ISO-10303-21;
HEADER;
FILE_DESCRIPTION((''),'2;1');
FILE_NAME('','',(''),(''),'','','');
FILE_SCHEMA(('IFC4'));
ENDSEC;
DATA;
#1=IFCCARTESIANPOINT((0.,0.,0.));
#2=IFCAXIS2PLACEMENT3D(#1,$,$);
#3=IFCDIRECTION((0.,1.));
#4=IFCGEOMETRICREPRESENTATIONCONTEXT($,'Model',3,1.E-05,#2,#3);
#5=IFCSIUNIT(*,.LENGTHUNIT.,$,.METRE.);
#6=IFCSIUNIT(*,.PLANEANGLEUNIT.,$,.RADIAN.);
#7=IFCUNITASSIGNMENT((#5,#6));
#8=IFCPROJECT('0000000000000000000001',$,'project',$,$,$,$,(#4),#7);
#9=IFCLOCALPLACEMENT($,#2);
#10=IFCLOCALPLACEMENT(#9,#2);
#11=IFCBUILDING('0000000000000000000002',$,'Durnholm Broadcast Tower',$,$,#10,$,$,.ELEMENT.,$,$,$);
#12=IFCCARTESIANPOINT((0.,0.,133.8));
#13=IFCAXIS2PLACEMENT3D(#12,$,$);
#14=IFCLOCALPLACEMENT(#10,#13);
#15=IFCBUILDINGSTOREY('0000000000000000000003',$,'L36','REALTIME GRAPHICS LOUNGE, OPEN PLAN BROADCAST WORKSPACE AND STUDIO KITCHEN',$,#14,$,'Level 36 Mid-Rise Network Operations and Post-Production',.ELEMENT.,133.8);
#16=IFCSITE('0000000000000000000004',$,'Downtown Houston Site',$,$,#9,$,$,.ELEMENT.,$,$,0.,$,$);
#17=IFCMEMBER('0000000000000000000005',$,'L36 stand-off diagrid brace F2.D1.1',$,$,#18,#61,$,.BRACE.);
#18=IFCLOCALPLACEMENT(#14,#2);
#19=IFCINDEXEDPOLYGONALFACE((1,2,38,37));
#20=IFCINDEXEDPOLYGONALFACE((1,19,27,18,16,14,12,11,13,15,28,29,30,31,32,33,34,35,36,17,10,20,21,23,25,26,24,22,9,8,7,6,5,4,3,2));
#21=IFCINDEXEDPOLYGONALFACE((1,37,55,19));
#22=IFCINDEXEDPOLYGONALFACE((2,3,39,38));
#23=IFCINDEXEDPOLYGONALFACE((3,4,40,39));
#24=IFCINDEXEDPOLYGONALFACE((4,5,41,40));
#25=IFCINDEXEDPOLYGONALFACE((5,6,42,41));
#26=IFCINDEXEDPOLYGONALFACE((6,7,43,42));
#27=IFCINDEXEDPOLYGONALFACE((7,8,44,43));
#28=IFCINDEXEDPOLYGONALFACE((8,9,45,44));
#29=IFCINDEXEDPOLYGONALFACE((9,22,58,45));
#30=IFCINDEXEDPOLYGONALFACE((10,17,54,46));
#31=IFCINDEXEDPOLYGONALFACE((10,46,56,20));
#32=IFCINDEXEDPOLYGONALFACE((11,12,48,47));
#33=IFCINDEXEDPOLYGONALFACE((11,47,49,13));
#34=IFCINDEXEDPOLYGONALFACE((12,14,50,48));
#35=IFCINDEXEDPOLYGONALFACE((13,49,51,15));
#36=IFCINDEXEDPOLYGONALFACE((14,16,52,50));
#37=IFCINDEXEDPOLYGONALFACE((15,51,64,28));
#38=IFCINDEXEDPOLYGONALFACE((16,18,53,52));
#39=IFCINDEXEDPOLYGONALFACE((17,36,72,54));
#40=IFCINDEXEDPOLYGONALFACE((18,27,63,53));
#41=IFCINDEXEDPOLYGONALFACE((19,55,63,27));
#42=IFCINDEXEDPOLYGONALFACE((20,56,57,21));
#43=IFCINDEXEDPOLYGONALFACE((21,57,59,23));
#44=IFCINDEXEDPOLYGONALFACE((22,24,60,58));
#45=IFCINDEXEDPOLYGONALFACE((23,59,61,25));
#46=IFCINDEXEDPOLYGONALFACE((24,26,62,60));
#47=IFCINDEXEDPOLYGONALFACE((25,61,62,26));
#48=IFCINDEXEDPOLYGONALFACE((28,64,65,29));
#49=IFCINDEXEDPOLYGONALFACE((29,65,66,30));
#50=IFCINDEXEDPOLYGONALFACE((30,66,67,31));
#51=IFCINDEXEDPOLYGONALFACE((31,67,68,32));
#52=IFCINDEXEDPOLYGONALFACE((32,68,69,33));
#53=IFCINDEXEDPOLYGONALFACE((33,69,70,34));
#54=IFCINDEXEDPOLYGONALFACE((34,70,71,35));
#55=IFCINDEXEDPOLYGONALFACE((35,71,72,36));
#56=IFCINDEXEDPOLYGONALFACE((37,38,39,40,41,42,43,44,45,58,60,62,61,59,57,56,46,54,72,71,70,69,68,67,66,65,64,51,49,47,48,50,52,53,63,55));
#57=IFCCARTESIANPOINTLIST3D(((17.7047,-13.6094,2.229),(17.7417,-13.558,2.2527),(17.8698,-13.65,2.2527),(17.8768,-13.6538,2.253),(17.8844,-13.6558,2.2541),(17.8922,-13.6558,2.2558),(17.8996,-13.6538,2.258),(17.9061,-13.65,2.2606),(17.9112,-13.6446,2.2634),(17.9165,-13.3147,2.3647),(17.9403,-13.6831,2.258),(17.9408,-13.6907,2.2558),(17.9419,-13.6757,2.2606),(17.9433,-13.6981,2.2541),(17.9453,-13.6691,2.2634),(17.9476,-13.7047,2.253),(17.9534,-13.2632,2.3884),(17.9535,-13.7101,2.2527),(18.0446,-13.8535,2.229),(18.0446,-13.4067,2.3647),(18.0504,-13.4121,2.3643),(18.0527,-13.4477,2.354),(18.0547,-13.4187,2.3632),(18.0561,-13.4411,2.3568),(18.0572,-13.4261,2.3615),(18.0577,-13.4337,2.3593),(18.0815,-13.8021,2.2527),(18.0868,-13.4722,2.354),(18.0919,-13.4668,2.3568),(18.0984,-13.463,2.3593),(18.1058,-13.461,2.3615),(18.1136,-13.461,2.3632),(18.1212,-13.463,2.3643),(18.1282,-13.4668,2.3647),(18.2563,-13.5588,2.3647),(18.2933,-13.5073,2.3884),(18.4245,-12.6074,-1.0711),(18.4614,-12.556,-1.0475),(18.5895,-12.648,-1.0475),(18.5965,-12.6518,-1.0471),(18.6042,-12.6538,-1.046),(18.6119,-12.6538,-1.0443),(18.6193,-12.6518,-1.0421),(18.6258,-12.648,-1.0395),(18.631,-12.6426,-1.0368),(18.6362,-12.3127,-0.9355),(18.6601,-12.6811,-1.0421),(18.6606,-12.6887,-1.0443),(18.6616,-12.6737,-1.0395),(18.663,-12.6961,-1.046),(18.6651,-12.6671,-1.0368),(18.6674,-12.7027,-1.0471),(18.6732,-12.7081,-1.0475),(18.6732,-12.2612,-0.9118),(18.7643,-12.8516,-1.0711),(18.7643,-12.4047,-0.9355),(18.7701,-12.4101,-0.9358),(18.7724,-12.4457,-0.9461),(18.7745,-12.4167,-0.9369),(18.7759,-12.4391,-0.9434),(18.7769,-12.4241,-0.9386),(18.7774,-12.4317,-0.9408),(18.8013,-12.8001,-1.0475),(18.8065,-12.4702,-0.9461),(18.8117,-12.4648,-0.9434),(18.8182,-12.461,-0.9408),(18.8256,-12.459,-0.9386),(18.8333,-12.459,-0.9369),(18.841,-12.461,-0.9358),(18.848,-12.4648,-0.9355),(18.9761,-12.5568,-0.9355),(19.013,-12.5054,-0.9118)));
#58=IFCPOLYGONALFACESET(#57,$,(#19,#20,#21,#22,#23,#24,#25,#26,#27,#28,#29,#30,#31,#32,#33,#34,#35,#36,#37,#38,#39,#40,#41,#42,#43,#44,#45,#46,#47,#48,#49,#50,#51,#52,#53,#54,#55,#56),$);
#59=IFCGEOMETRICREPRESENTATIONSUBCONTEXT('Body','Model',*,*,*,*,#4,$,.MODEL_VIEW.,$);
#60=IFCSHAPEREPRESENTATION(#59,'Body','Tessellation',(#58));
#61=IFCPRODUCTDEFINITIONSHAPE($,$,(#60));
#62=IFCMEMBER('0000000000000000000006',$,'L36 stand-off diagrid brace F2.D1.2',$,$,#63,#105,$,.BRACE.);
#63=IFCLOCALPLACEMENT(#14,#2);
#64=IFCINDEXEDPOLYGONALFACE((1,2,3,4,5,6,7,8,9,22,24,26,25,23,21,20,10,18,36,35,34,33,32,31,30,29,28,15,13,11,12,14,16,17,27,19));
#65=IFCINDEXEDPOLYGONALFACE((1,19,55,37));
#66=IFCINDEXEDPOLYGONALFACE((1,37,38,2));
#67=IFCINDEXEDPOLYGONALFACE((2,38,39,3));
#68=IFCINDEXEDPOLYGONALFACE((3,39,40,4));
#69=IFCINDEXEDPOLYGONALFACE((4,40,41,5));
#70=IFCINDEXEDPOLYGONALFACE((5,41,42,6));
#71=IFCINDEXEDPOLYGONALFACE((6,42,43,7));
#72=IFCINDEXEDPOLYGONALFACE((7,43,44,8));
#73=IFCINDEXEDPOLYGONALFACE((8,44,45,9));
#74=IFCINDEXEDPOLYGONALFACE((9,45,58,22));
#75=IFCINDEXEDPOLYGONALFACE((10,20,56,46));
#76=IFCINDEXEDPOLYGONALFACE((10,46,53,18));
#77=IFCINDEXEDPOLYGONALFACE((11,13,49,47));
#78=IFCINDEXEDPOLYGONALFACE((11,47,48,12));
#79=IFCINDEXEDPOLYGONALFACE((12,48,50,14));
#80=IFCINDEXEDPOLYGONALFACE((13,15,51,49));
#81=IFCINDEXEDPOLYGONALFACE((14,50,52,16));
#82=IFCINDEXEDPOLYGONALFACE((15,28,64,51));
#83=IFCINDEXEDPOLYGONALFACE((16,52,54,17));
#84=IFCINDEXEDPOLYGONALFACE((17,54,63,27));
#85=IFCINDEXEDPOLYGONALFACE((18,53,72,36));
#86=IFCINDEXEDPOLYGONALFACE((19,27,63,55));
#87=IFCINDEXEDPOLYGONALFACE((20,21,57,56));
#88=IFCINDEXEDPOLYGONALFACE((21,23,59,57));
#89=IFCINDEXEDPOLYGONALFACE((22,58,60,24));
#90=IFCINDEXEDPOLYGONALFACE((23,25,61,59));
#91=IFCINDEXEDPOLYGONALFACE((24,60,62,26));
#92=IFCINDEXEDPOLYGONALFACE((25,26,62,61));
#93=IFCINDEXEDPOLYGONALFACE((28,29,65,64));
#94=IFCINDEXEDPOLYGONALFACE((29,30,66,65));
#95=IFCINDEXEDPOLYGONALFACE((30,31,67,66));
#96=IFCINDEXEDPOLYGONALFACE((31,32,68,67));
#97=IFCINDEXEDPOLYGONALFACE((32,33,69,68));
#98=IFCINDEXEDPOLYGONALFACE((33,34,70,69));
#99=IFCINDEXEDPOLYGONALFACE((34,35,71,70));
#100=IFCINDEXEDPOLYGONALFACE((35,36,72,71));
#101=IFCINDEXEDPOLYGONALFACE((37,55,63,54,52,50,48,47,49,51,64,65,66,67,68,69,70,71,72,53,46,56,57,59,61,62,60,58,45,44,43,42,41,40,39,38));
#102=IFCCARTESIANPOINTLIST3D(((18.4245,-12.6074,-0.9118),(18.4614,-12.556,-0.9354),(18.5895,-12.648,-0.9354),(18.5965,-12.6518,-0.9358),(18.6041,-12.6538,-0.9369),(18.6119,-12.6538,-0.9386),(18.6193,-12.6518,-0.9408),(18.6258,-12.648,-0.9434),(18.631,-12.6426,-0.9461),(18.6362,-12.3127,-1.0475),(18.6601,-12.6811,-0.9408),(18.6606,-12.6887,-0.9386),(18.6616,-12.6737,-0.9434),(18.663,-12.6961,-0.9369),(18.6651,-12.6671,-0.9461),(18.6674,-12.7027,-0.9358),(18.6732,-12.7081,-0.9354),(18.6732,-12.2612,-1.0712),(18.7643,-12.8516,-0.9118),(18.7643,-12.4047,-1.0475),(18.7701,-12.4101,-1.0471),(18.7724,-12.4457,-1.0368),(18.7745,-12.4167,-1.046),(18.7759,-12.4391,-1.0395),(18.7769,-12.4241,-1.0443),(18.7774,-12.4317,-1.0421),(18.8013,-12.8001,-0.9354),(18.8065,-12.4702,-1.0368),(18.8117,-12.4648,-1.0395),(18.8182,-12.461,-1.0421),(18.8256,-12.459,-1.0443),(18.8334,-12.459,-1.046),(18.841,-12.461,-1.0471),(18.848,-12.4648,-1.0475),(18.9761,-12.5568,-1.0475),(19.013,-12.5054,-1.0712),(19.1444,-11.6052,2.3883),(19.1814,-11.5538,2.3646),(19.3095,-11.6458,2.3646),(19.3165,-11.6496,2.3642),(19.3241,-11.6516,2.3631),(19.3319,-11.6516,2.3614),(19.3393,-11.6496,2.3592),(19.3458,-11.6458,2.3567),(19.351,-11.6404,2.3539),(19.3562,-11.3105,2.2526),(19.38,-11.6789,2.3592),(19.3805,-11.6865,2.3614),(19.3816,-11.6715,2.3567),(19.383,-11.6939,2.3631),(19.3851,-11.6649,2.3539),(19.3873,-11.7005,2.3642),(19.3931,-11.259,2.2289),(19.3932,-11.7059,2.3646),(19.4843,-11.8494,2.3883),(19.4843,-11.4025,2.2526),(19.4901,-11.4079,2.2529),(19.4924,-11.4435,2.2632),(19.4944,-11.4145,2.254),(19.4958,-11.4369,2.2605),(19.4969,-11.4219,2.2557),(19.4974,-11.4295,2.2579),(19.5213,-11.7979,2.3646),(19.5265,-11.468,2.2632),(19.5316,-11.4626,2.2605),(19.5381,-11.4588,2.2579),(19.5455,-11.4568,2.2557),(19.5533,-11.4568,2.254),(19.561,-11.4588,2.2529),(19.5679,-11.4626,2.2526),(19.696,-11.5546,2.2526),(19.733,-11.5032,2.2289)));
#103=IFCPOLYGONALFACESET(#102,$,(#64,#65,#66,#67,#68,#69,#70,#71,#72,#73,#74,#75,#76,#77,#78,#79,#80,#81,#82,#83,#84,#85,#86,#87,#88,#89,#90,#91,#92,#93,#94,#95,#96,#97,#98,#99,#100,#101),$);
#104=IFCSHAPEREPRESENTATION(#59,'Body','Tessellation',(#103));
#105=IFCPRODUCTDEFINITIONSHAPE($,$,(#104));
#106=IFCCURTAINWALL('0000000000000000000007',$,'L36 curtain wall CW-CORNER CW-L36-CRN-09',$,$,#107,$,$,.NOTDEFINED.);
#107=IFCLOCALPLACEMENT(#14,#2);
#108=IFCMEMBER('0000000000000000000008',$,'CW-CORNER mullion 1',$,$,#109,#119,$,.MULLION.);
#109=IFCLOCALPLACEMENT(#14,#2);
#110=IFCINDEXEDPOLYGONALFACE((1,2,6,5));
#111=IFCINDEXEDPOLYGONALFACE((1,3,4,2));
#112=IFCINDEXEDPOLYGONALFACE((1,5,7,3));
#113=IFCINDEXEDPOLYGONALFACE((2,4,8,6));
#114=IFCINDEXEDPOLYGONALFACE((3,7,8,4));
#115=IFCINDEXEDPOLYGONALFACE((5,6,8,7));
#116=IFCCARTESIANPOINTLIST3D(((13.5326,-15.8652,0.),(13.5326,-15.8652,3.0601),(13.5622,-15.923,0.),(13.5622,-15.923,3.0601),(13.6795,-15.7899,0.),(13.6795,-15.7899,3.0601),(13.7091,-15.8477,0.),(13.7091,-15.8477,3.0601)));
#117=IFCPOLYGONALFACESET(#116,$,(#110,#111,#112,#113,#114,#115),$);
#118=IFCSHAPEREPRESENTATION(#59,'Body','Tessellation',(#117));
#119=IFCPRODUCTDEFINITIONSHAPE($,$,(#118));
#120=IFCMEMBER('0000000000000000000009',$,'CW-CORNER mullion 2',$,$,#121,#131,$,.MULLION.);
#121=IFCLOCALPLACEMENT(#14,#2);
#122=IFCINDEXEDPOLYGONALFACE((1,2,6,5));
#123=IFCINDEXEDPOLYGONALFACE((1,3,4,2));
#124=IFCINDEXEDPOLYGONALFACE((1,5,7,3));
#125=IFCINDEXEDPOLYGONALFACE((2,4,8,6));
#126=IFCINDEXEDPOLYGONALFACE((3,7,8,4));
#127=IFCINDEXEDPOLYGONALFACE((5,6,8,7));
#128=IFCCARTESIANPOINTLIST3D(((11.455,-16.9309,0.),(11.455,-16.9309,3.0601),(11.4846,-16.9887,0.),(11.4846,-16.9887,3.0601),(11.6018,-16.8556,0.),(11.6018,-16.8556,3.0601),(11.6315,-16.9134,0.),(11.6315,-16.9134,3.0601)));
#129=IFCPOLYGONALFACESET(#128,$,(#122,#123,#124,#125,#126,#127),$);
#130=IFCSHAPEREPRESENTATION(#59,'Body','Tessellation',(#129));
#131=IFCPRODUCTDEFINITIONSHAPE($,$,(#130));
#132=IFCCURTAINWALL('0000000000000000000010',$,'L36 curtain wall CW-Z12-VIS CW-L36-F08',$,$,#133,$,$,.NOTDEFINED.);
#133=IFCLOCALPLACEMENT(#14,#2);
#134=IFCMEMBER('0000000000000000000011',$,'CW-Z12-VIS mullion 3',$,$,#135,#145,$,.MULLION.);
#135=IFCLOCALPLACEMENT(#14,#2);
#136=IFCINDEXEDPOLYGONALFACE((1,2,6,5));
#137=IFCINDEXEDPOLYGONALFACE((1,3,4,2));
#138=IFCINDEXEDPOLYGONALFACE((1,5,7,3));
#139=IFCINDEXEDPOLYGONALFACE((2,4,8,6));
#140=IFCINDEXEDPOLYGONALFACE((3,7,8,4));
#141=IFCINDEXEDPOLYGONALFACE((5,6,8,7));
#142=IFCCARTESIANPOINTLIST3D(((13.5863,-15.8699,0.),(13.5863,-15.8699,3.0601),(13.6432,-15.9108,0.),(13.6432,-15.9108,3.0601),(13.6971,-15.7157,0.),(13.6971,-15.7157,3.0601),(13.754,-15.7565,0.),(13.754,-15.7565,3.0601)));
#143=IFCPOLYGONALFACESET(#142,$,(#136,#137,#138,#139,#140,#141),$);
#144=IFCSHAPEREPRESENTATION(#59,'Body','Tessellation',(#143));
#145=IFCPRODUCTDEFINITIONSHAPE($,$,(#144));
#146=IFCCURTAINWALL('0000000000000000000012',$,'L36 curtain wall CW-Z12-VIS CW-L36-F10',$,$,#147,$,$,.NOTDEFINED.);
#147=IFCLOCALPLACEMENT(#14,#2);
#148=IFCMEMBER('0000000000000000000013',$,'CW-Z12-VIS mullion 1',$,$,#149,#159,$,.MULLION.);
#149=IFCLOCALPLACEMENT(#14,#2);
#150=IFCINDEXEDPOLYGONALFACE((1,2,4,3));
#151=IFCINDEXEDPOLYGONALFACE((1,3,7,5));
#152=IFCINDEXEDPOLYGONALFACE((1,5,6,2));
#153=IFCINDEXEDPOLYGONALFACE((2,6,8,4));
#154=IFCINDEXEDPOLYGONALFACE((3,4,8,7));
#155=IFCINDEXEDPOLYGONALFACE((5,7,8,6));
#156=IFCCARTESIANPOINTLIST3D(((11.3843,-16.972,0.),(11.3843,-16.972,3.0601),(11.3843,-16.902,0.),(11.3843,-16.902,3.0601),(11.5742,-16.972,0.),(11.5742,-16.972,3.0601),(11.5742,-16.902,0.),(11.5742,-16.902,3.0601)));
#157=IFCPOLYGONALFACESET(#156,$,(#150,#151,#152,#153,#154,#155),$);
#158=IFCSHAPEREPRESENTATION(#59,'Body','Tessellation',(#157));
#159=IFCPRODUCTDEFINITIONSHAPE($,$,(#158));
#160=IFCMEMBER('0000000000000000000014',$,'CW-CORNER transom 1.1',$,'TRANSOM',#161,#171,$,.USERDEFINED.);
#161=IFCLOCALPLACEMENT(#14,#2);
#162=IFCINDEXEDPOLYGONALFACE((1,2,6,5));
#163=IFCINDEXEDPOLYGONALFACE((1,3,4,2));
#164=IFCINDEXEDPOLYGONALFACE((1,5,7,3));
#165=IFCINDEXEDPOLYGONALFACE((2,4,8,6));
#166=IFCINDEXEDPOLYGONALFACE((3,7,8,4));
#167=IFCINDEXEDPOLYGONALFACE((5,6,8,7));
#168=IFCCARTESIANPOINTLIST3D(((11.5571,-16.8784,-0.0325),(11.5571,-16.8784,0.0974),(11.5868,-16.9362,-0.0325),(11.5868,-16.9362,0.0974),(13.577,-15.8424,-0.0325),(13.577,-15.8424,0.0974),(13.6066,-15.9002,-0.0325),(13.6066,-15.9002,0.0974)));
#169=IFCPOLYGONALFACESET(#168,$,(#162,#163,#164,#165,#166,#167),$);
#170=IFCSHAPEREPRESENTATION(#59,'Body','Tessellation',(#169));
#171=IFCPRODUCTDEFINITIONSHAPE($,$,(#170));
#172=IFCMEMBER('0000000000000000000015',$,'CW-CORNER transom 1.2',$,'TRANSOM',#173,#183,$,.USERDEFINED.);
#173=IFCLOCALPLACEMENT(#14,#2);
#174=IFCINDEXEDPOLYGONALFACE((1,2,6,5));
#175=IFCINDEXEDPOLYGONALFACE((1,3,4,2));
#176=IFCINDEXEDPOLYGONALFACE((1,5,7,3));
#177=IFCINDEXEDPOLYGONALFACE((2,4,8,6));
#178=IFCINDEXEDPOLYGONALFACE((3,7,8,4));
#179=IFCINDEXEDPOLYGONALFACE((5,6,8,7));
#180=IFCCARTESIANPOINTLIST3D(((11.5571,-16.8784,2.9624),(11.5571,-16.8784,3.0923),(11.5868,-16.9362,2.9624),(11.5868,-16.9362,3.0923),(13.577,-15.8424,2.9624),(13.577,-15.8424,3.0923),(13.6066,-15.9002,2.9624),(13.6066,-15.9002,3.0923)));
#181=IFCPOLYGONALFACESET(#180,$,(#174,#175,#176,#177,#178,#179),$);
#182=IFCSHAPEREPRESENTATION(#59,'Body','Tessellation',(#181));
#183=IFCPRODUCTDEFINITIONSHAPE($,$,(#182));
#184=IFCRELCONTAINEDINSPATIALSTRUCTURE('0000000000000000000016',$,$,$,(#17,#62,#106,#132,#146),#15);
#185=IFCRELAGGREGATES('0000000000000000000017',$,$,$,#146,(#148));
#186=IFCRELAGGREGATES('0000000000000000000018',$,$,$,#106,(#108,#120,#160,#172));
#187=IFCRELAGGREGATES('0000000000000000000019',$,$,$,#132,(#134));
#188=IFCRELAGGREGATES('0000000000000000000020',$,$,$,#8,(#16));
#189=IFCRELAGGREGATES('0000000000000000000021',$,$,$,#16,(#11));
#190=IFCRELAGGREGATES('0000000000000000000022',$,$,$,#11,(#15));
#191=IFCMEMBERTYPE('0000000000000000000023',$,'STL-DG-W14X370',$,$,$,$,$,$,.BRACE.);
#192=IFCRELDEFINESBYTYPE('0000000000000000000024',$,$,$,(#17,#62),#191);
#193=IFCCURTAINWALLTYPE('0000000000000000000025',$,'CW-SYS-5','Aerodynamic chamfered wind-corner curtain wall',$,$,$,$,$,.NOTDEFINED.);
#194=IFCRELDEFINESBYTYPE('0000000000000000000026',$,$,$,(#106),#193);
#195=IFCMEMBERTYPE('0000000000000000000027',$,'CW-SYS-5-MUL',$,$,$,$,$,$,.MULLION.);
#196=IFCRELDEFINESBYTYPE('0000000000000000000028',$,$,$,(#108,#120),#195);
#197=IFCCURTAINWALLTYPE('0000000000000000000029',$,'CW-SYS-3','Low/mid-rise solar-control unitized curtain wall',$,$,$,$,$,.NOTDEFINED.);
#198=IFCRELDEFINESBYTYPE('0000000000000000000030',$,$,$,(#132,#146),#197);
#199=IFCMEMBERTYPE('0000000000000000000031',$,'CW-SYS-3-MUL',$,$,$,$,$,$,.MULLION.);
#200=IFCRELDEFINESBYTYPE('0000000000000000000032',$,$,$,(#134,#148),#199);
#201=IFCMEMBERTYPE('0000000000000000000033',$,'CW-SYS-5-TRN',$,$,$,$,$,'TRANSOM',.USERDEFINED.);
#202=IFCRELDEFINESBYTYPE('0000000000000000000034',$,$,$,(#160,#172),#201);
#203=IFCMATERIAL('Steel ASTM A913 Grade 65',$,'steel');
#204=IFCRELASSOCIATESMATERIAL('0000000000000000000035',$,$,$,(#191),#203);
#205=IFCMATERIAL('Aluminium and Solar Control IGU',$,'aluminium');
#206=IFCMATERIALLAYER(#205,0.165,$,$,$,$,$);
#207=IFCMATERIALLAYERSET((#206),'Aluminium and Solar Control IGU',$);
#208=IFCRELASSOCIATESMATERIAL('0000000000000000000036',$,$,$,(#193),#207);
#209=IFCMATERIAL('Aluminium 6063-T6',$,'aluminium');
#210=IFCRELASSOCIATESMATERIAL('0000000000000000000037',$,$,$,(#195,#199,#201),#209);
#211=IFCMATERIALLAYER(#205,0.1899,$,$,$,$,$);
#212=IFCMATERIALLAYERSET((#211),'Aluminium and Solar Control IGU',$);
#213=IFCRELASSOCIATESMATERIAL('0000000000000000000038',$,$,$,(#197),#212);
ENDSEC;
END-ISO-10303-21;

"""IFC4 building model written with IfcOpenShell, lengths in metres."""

from ifc_helpers import new_model, si_unit, direction, frame, origin, origin_2d, place, context, subcontext, project, spatial, rectangle, i_section, extrude, source, transform, mapped, material, layer, layer_set, material_profile, profile_set, type_object, type_shapes, element, aggregate, save


model = new_model("IFC4")

# Units and contexts
model_context = context("Model", 3, precision=1e-05, world=origin(), true_north=direction((0.0, 1.0)))
body_context = subcontext(model_context, "Body", "Model", "MODEL_VIEW")
ifc_project = project(units=[si_unit("LENGTHUNIT", "METRE"), si_unit("PLANEANGLEUNIT", "RADIAN")], contexts=[model_context])

# Site, building, storey
site_placement = place(None, origin())
site = spatial("IfcSite", under=ifc_project, at=site_placement, Name="Downtown Houston Site", CompositionType="ELEMENT", RefElevation=0.0)
building_placement = place(site_placement, origin())
building = spatial("IfcBuilding", under=site, at=building_placement, Name="Durnholm Broadcast Tower", CompositionType="ELEMENT")
storey_placement = place(building_placement, frame((0.0, 0.0, 133.8)))
storey = spatial("IfcBuildingStorey", under=building, at=storey_placement, Name="L36", Description="REALTIME GRAPHICS LOUNGE, OPEN PLAN BROADCAST WORKSPACE AND STUDIO KITCHEN", LongName="Level 36 Mid-Rise Network Operations and Post-Production", CompositionType="ELEMENT", Elevation=133.8)

# Members
ifc_material_1 = material(Name="Steel ASTM A913 Grade 65", Category="steel")
ifc_material_profile_1 = material_profile(ifc_material_1, i_section(OverallWidth=0.4185, OverallDepth=0.4551, WebThickness=0.042, FlangeThickness=0.0676, FilletRadius=0.0305, at=origin_2d()), Name="W14X370")
ifc_profile_set_1 = profile_set([ifc_material_profile_1], Name="Steel ASTM A913 Grade 65")
member_type_1 = type_object("IfcMemberType", Name="STL-DG-W14X370", PredefinedType="BRACE", material=ifc_profile_set_1)
shared_shape_1 = source(origin(), body_context, "Body", "SweptSolid", [
    extrude(i_section(OverallWidth=0.4185, OverallDepth=0.4551, WebThickness=0.042, FlangeThickness=0.0676, FilletRadius=0.0305, at=origin_2d()), origin(), (0.0, 0.0, 1.0), 3.5232),
])
type_shapes(member_type_1, [shared_shape_1])
for number, where, z_axis, x_axis, name in (
    (1, (18.7188, -12.5564, -0.9915), (-0.204288, -0.284395, 0.936689), (0.812179, -0.583408, 0.0), "L36 stand-off diagrid brace F2.D1.1"),
    (2, (18.7188, -12.5564, -0.9915), (0.20435, 0.284455, 0.936657), (-0.812153, 0.583444, 0.0), "L36 stand-off diagrid brace F2.D1.2"),
):
    element("IfcMember", number, at=place(storey_placement, frame(where, z_axis=z_axis, x_axis=x_axis)), inside=storey, type_object=member_type_1, Name=name, PredefinedType="BRACE", context=body_context, shape_type="MappedRepresentation", body=[
        mapped(shared_shape_1, transform((0.0, 0.0, 0.0), x_axis=(1.0, 0.0, 0.0), y_axis=(0.0, 1.0, 0.0), z_axis=(0.0, 0.0, 1.0), scale=1.0)),
    ])

# Curtain wall, members
ifc_material_2 = material(Name="Aluminium and Solar Control IGU", Category="aluminium")
ifc_layer_1 = layer(ifc_material_2, 0.165)
ifc_layer_set_1 = layer_set([ifc_layer_1], Name="Aluminium and Solar Control IGU")
curtain_wall_type_1 = type_object("IfcCurtainWallType", Name="CW-SYS-5", Description="Aerodynamic chamfered wind-corner curtain wall", PredefinedType="NOTDEFINED", material=ifc_layer_set_1)
curtain_wall_1_placement = place(storey_placement, origin())
curtain_wall_1 = element("IfcCurtainWall", 3, at=curtain_wall_1_placement, inside=storey, type_object=curtain_wall_type_1, Name="L36 curtain wall CW-CORNER CW-L36-CRN-09", PredefinedType="NOTDEFINED")
ifc_material_3 = material(Name="Aluminium 6063-T6", Category="aluminium")
ifc_material_profile_2 = material_profile(ifc_material_3, rectangle(XDim=0.0649, YDim=0.165, at=origin_2d()), Name="CWM65X165")
ifc_profile_set_2 = profile_set([ifc_material_profile_2], Name="Aluminium 6063-T6")
member_type_2 = type_object("IfcMemberType", Name="CW-SYS-5-MUL", PredefinedType="MULLION", material=ifc_profile_set_2)
shared_shape_2 = source(origin(), body_context, "Body", "SweptSolid", [
    extrude(rectangle(XDim=0.0649, YDim=0.165, at=origin_2d()), origin(), (0.0, 0.0, 1.0), 3.0601),
])
type_shapes(member_type_2, [shared_shape_2])
member_1_placement = place(storey_placement, frame((13.6208, -15.8564, 0.0), z_axis=(0.0, 0.0, 1.0), x_axis=(0.456373, -0.889788, 0.0)))
member_1 = element("IfcMember", 4, at=member_1_placement, type_object=member_type_2, Name="CW-CORNER mullion 1", PredefinedType="MULLION", context=body_context, shape_type="MappedRepresentation", body=[
    mapped(shared_shape_2, transform((0.0, 0.0, 0.0), x_axis=(1.0, 0.0, 0.0), y_axis=(0.0, 1.0, 0.0), z_axis=(0.0, 0.0, 1.0), scale=1.0)),
])
member_2_placement = place(storey_placement, frame((11.5432, -16.9221, 0.0), z_axis=(0.0, 0.0, 1.0), x_axis=(0.456373, -0.889788, 0.0)))
member_2 = element("IfcMember", 5, at=member_2_placement, type_object=member_type_2, Name="CW-CORNER mullion 2", PredefinedType="MULLION", context=body_context, shape_type="MappedRepresentation", body=[
    mapped(shared_shape_2, transform((0.0, 0.0, 0.0), x_axis=(1.0, 0.0, 0.0), y_axis=(0.0, 1.0, 0.0), z_axis=(0.0, 0.0, 1.0), scale=1.0)),
])

# Curtain walls, members
ifc_layer_2 = layer(ifc_material_2, 0.1899)
ifc_layer_set_2 = layer_set([ifc_layer_2], Name="Aluminium and Solar Control IGU")
curtain_wall_type_2 = type_object("IfcCurtainWallType", Name="CW-SYS-3", Description="Low/mid-rise solar-control unitized curtain wall", PredefinedType="NOTDEFINED", material=ifc_layer_set_2)
curtain_wall_2_placement = place(storey_placement, origin())
curtain_wall_2 = element("IfcCurtainWall", 6, at=curtain_wall_2_placement, inside=storey, type_object=curtain_wall_type_2, Name="L36 curtain wall CW-Z12-VIS CW-L36-F08", PredefinedType="NOTDEFINED")
ifc_material_profile_3 = material_profile(ifc_material_3, rectangle(XDim=0.0701, YDim=0.1899, at=origin_2d()), Name="CWM70X190")
ifc_profile_set_3 = profile_set([ifc_material_profile_3], Name="Aluminium 6063-T6")
member_type_3 = type_object("IfcMemberType", Name="CW-SYS-3-MUL", PredefinedType="MULLION", material=ifc_profile_set_3)
shared_shape_3 = source(origin(), body_context, "Body", "SweptSolid", [
    extrude(rectangle(XDim=0.0701, YDim=0.1899, at=origin_2d()), origin(), (0.0, 0.0, 1.0), 3.0601),
])
type_shapes(member_type_3, [shared_shape_3])
member_3_placement = place(storey_placement, frame((13.6702, -15.8132, 0.0), z_axis=(0.0, 0.0, 1.0), x_axis=(0.812152, -0.583445, 0.0)))
member_3 = element("IfcMember", 7, at=member_3_placement, type_object=member_type_3, Name="CW-Z12-VIS mullion 3", PredefinedType="MULLION", context=body_context, shape_type="MappedRepresentation", body=[
    mapped(shared_shape_3, transform((0.0, 0.0, 0.0), x_axis=(1.0, 0.0, 0.0), y_axis=(0.0, 1.0, 0.0), z_axis=(0.0, 0.0, 1.0), scale=1.0)),
])
curtain_wall_3_placement = place(storey_placement, origin())
curtain_wall_3 = element("IfcCurtainWall", 8, at=curtain_wall_3_placement, inside=storey, type_object=curtain_wall_type_2, Name="L36 curtain wall CW-Z12-VIS CW-L36-F10", PredefinedType="NOTDEFINED")
member_4_placement = place(storey_placement, frame((11.4792, -16.937, 0.0), z_axis=(0.0, 0.0, 1.0), x_axis=(0.0, -1.0, 0.0)))
member_4 = element("IfcMember", 9, at=member_4_placement, type_object=member_type_3, Name="CW-Z12-VIS mullion 1", PredefinedType="MULLION", context=body_context, shape_type="MappedRepresentation", body=[
    mapped(shared_shape_3, transform((0.0, 0.0, 0.0), x_axis=(1.0, 0.0, 0.0), y_axis=(0.0, 1.0, 0.0), z_axis=(0.0, 0.0, 1.0), scale=1.0)),
])
aggregate(curtain_wall_3, [member_4])

# Members
ifc_material_profile_4 = material_profile(ifc_material_3, rectangle(XDim=0.0649, YDim=0.1299, at=origin_2d()), Name="CWT65X130")
ifc_profile_set_4 = profile_set([ifc_material_profile_4], Name="Aluminium 6063-T6")
member_type_4 = type_object("IfcMemberType", Name="CW-SYS-5-TRN", ElementType="TRANSOM", PredefinedType="USERDEFINED", material=ifc_profile_set_4)
shared_shape_4 = source(origin(), body_context, "Body", "SweptSolid", [
    extrude(rectangle(XDim=0.0649, YDim=0.1299, at=origin_2d()), origin(), (0.0, 0.0, 1.0), 2.27),
])
type_shapes(member_type_4, [shared_shape_4])
member_5_placement = place(storey_placement, frame((13.5918, -15.8713, 0.0325), z_axis=(-0.889798, -0.456354, 0.0), x_axis=(0.456354, -0.889798, 0.0)))
member_5 = element("IfcMember", 10, at=member_5_placement, type_object=member_type_4, Name="CW-CORNER transom 1.1", ObjectType="TRANSOM", PredefinedType="USERDEFINED", context=body_context, shape_type="MappedRepresentation", body=[
    mapped(shared_shape_4, transform((0.0, 0.0, 0.0), x_axis=(1.0, 0.0, 0.0), y_axis=(0.0, 1.0, 0.0), z_axis=(0.0, 0.0, 1.0), scale=1.0)),
])
member_6_placement = place(storey_placement, frame((13.5918, -15.8713, 3.0273), z_axis=(-0.889798, -0.456354, 0.0), x_axis=(0.456354, -0.889798, 0.0)))
member_6 = element("IfcMember", 11, at=member_6_placement, type_object=member_type_4, Name="CW-CORNER transom 1.2", ObjectType="TRANSOM", PredefinedType="USERDEFINED", context=body_context, shape_type="MappedRepresentation", body=[
    mapped(shared_shape_4, transform((0.0, 0.0, 0.0), x_axis=(1.0, 0.0, 0.0), y_axis=(0.0, 1.0, 0.0), z_axis=(0.0, 0.0, 1.0), scale=1.0)),
])

aggregate(curtain_wall_1, [member_1, member_2, member_5, member_6])
aggregate(curtain_wall_2, [member_3])

save(model, "model.ifc")
